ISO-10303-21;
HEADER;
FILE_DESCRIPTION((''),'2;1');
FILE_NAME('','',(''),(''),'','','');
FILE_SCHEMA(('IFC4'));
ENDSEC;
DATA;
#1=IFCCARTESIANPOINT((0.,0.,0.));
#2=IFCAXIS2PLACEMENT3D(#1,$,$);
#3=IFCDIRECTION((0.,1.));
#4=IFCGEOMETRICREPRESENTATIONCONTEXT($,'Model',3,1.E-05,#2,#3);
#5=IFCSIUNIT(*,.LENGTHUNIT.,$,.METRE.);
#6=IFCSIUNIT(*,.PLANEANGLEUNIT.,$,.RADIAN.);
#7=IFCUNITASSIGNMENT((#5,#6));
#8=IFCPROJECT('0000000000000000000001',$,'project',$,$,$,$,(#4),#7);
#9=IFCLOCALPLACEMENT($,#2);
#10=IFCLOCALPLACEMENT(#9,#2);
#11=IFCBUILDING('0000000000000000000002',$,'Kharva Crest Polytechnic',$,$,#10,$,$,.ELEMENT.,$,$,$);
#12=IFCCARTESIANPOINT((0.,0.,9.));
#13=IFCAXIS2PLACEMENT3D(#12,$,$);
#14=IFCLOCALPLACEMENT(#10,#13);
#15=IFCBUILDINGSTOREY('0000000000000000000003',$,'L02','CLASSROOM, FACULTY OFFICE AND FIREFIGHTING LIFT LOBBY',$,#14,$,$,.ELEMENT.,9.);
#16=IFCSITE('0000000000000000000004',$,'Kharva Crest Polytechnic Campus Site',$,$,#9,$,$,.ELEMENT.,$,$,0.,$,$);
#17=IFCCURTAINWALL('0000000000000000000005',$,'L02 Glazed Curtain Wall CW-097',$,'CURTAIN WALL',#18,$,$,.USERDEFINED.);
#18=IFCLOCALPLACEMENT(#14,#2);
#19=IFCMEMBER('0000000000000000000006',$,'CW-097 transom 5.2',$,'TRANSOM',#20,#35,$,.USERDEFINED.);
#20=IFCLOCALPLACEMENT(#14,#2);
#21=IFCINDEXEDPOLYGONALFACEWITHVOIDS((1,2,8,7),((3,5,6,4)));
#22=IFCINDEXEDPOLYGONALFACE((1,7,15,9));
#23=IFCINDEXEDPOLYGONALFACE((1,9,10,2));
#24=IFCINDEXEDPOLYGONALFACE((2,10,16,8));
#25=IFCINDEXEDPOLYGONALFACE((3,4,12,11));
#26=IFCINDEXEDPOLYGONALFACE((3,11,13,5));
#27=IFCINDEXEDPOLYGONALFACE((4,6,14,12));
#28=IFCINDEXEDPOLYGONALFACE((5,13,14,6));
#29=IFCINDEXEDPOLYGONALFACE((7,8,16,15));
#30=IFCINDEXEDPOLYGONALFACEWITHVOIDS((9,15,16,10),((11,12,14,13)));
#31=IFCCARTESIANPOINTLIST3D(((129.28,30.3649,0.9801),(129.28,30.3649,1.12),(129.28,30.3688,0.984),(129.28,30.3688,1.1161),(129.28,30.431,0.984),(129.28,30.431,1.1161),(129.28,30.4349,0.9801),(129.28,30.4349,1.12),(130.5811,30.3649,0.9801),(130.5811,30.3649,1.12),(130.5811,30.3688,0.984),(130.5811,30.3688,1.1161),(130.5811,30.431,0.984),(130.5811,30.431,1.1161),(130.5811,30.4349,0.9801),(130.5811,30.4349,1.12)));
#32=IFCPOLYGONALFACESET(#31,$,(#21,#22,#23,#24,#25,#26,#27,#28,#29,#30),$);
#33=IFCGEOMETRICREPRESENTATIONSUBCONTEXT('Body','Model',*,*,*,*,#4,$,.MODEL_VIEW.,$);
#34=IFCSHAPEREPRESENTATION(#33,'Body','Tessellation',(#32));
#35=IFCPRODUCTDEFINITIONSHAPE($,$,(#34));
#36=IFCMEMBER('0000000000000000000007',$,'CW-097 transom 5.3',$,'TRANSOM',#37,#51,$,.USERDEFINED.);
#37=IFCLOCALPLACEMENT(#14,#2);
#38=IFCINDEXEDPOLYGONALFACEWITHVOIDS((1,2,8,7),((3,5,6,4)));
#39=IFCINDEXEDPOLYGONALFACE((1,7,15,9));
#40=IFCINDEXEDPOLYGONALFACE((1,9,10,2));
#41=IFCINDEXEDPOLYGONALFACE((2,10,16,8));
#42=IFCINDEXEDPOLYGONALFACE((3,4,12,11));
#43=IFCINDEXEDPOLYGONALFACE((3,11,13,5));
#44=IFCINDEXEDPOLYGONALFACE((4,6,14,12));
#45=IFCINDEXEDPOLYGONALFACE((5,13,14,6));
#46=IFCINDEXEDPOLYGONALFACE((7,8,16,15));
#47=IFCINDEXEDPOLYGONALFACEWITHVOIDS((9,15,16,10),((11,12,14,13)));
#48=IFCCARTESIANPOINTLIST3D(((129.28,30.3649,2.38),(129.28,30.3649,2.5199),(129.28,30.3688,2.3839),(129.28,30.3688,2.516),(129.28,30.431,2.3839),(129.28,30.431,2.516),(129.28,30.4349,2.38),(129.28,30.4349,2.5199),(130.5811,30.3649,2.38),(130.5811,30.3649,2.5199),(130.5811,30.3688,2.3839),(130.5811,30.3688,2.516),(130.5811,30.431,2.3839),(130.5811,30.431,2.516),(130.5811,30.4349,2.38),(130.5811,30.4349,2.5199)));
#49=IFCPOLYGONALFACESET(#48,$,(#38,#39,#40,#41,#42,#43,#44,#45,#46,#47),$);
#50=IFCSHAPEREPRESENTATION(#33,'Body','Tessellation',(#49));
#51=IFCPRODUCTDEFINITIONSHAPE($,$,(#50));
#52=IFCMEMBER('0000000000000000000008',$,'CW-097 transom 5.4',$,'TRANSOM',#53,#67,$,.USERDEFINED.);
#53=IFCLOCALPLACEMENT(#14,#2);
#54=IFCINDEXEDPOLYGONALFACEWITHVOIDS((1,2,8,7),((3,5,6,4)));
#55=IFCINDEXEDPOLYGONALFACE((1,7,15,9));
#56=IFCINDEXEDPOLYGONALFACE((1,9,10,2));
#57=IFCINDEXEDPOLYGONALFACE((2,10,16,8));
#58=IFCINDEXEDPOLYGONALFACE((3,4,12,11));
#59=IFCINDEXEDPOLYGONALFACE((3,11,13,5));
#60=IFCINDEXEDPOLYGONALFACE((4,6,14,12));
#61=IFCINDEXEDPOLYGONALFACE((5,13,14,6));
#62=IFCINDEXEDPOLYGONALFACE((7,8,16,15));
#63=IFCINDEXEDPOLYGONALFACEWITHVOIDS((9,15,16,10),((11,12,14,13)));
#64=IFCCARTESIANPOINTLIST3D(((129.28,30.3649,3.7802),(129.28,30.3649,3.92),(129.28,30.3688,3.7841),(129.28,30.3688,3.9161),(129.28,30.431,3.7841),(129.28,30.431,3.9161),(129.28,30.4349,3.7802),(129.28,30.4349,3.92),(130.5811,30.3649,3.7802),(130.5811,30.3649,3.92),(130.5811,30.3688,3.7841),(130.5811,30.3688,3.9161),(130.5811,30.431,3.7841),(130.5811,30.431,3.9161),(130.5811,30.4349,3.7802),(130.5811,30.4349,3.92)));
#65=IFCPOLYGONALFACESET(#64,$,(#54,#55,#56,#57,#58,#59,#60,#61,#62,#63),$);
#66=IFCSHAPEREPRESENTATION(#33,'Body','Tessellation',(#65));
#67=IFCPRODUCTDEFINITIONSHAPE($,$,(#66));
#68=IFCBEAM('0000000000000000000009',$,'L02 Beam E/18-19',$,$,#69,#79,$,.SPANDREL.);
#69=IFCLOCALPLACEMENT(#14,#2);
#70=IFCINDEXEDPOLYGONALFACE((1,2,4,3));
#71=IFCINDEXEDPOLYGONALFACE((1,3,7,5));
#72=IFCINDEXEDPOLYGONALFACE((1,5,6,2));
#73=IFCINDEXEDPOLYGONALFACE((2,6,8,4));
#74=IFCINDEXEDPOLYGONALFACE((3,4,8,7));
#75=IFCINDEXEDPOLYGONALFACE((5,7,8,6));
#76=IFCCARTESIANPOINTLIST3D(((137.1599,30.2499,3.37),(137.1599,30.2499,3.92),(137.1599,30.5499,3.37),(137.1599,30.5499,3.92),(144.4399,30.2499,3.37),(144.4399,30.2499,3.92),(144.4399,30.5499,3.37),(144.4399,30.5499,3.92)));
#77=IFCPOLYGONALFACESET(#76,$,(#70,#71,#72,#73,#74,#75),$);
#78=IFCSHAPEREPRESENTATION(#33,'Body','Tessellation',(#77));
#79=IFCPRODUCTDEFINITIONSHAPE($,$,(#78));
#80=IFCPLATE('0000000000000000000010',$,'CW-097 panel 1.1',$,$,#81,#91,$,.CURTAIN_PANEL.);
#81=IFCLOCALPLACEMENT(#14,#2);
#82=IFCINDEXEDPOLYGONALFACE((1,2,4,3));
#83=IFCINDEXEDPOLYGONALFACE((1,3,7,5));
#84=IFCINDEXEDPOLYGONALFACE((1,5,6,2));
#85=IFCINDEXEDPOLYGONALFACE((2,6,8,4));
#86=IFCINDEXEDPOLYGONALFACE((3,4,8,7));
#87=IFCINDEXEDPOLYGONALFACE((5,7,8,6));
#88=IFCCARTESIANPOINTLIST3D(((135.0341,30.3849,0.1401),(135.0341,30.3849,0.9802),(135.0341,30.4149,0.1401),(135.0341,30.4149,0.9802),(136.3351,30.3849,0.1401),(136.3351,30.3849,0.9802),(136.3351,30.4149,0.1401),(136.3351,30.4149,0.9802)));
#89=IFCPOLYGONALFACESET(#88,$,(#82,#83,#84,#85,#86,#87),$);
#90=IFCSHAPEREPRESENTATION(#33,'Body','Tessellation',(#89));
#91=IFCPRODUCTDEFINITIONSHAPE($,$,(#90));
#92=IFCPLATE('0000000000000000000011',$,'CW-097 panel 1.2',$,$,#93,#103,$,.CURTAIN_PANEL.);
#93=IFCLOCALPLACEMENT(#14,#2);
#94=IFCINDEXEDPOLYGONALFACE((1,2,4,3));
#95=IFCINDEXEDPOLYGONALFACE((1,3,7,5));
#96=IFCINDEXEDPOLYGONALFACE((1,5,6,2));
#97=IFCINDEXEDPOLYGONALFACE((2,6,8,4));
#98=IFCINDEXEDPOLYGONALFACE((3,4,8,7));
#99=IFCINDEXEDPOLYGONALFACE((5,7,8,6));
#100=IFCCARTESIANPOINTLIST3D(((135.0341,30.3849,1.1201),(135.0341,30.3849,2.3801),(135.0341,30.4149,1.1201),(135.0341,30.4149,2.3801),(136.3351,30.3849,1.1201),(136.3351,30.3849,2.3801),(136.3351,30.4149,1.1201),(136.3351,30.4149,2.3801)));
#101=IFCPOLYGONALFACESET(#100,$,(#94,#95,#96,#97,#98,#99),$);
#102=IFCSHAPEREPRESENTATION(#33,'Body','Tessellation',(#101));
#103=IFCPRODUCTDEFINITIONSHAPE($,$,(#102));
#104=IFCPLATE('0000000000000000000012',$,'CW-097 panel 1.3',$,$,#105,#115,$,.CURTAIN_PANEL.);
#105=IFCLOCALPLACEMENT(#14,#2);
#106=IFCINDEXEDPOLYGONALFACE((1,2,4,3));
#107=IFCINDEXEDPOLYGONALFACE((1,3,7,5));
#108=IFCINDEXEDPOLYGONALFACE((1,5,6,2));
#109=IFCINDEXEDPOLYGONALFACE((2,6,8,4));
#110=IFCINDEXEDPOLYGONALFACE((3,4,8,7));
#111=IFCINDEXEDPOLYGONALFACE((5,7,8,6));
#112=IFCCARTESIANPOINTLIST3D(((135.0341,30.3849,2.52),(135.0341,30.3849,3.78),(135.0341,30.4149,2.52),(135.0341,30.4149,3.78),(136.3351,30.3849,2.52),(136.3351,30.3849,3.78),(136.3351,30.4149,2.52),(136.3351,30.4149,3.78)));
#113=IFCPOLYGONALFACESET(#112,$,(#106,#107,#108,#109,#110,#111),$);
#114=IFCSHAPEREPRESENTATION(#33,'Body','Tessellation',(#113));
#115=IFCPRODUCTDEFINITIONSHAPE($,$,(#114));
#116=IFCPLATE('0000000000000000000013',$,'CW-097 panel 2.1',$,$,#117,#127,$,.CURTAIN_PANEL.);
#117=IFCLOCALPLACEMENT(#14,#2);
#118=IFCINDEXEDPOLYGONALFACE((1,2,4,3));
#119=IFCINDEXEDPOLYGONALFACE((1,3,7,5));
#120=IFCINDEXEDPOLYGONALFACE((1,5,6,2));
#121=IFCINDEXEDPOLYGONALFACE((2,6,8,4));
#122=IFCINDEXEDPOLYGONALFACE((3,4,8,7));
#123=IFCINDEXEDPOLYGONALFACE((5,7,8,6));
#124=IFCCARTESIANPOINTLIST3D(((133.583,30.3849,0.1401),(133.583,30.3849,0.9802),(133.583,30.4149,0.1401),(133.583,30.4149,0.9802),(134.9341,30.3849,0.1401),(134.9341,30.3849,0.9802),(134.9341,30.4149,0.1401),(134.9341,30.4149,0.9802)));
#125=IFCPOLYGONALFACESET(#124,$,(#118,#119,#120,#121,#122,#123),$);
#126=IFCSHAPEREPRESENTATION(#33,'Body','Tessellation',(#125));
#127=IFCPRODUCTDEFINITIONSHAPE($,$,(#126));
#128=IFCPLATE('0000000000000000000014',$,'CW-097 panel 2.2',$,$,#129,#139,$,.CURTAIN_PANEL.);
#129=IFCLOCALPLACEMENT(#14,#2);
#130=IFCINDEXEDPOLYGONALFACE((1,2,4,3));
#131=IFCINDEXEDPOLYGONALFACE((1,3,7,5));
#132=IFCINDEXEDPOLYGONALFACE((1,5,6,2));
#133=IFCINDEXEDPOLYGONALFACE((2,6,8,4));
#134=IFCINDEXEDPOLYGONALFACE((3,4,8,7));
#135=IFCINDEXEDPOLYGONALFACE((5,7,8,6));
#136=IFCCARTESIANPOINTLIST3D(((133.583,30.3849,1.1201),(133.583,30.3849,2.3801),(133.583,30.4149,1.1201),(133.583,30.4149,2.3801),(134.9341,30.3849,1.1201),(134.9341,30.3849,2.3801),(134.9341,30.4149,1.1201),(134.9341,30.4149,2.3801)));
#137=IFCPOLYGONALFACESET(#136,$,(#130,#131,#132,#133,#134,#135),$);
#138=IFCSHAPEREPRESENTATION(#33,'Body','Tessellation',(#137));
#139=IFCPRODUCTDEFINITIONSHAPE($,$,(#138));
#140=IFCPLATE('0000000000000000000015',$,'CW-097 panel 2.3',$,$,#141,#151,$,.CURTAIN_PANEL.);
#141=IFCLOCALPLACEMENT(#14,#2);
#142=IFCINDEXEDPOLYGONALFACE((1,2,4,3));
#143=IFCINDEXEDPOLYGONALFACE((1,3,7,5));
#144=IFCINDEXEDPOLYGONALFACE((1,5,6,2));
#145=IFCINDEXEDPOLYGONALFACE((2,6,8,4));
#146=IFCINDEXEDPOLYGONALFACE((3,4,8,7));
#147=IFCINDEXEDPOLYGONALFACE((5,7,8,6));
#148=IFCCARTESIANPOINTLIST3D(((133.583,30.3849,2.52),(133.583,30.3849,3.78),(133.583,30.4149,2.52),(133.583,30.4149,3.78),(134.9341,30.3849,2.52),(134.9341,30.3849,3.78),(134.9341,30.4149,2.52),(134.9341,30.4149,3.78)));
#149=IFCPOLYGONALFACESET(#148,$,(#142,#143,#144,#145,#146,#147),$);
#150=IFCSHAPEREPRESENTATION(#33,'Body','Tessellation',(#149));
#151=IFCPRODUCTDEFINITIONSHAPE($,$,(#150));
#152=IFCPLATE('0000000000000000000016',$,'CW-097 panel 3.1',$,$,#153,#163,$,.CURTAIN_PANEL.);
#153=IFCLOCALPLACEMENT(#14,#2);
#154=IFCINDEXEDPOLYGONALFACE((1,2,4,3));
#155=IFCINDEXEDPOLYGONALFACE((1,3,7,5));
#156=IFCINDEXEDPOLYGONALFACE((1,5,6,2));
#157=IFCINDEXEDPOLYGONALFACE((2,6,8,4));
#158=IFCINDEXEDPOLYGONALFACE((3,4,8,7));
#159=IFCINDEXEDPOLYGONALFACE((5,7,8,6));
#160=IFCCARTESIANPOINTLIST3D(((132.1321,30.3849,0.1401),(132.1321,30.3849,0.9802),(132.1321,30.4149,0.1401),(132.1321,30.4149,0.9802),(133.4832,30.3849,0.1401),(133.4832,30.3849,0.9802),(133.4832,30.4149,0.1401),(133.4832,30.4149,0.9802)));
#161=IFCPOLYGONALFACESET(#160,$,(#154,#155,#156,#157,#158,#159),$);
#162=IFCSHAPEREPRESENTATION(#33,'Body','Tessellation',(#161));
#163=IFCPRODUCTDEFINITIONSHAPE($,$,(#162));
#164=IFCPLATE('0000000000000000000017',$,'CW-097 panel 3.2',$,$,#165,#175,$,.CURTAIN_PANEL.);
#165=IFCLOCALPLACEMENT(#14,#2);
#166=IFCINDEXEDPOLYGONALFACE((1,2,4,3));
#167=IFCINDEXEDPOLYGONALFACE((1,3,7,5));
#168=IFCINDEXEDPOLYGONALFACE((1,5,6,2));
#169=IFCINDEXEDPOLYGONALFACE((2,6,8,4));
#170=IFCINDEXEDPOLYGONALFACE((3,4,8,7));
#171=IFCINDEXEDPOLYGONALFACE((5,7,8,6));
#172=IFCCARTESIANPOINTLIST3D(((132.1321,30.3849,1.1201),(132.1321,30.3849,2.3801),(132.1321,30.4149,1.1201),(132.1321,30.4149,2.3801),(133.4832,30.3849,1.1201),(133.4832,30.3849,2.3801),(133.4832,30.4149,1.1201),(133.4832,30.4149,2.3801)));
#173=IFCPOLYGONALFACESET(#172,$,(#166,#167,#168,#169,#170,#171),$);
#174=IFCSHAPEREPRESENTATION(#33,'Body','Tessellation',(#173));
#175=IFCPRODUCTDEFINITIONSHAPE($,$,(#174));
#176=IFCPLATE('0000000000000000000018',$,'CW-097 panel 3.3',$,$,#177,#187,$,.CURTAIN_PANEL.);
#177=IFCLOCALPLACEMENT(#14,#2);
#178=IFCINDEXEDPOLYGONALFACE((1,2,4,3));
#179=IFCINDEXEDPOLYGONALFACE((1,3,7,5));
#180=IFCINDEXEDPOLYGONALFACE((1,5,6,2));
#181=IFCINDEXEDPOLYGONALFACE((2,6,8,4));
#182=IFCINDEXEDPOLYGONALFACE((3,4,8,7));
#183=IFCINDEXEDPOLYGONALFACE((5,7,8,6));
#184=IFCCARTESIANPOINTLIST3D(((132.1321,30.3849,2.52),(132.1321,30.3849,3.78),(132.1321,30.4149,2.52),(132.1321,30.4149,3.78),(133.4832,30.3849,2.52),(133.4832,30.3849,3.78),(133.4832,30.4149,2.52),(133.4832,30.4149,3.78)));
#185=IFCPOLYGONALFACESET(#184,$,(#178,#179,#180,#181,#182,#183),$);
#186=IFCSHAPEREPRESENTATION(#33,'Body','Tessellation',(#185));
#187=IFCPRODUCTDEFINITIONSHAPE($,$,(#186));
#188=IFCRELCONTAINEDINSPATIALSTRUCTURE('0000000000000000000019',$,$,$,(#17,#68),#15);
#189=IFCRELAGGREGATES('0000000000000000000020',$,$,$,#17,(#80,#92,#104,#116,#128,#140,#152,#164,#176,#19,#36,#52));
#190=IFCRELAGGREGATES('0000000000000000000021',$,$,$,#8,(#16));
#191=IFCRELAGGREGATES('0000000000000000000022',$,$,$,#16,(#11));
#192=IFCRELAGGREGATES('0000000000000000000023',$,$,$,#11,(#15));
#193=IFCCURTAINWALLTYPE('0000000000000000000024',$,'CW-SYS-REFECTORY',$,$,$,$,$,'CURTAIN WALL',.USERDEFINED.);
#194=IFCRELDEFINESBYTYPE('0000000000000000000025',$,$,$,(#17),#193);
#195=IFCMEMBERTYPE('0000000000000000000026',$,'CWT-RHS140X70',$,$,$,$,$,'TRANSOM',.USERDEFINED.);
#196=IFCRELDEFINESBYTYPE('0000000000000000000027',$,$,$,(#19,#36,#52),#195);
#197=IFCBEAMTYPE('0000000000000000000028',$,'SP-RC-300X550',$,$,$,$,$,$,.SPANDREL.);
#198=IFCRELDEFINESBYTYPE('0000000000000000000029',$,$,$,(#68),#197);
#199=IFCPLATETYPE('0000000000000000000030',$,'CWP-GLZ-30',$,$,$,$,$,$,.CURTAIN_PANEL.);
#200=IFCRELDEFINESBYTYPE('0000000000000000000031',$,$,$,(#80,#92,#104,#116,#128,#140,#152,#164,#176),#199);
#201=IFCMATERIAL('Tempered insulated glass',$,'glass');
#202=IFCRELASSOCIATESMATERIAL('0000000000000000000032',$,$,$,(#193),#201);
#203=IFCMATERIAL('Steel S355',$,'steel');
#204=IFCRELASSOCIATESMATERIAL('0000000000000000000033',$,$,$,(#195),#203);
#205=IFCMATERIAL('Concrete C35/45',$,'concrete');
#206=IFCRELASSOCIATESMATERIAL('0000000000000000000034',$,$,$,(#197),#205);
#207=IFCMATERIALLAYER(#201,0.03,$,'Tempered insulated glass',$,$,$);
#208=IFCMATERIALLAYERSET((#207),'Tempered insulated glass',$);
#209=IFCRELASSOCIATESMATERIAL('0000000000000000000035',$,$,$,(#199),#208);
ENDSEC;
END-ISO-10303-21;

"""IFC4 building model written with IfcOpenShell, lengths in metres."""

from ifc_helpers import new_model, si_unit, direction, frame, origin, origin_2d, place, context, subcontext, project, spatial, rectangle, hollow_rectangle, extrude, material, layer, layer_set, material_profile, profile_set, type_object, element, aggregate, save


model = new_model("IFC4")

# Units and contexts
model_context = context("Model", 3, precision=1e-05, world=origin(), true_north=direction((0.0, 1.0)))
body_context = subcontext(model_context, "Body", "Model", "MODEL_VIEW")
ifc_project = project(units=[si_unit("LENGTHUNIT", "METRE"), si_unit("PLANEANGLEUNIT", "RADIAN")], contexts=[model_context])

# Site, building, storey
site_placement = place(None, origin())
site = spatial("IfcSite", under=ifc_project, at=site_placement, Name="Kharva Crest Polytechnic Campus Site", CompositionType="ELEMENT", RefElevation=0.0)
building_placement = place(site_placement, origin())
building = spatial("IfcBuilding", under=site, at=building_placement, Name="Kharva Crest Polytechnic", CompositionType="ELEMENT")
storey_placement = place(building_placement, frame((0.0, 0.0, 9.0)))
storey = spatial("IfcBuildingStorey", under=building, at=storey_placement, Name="L02", Description="CLASSROOM, FACULTY OFFICE AND FIREFIGHTING LIFT LOBBY", CompositionType="ELEMENT", Elevation=9.0)

# Curtain wall, members
ifc_material_1 = material(Name="Tempered insulated glass", Category="glass")
curtain_wall_type = type_object("IfcCurtainWallType", Name="CW-SYS-REFECTORY", ElementType="CURTAIN WALL", PredefinedType="USERDEFINED", material=ifc_material_1)
curtain_wall_placement = place(storey_placement, origin())
curtain_wall = element("IfcCurtainWall", 1, at=curtain_wall_placement, inside=storey, type_object=curtain_wall_type, Name="L02 Glazed Curtain Wall CW-097", ObjectType="CURTAIN WALL", PredefinedType="USERDEFINED")
ifc_material_2 = material(Name="Steel S355", Category="steel")
ifc_material_profile_1 = material_profile(ifc_material_2, hollow_rectangle(XDim=0.0701, YDim=0.1399, WallThickness=0.0039, at=origin_2d()), Name="RHS 140X70X4.0")
ifc_profile_set_1 = profile_set([ifc_material_profile_1], Name="Steel S355")
member_type_1 = type_object("IfcMemberType", Name="CWT-RHS140X70", ElementType="TRANSOM", PredefinedType="USERDEFINED", material=ifc_profile_set_1)
member_1_placement = place(storey_placement, frame((130.5811, 30.3999, 1.05), z_axis=(-1.0, 0.0, 0.0), x_axis=(0.0, -1.0, 0.0)))
member_1 = element("IfcMember", 2, at=member_1_placement, type_object=member_type_1, Name="CW-097 transom 5.2", ObjectType="TRANSOM", PredefinedType="USERDEFINED", context=body_context, shape_type="SweptSolid", body=[
    extrude(hollow_rectangle(XDim=0.0701, YDim=0.1399, WallThickness=0.0039, at=origin_2d()), origin(), (0.0, 0.0, 1.0), 1.301),
])
member_2_placement = place(storey_placement, frame((130.5811, 30.3999, 2.45), z_axis=(-1.0, 0.0, 0.0), x_axis=(0.0, -1.0, 0.0)))
member_2 = element("IfcMember", 3, at=member_2_placement, type_object=member_type_1, Name="CW-097 transom 5.3", ObjectType="TRANSOM", PredefinedType="USERDEFINED", context=body_context, shape_type="SweptSolid", body=[
    extrude(hollow_rectangle(XDim=0.0701, YDim=0.1399, WallThickness=0.0039, at=origin_2d()), origin(), (0.0, 0.0, 1.0), 1.301),
])
member_3_placement = place(storey_placement, frame((130.5811, 30.3999, 3.8501), z_axis=(-1.0, 0.0, 0.0), x_axis=(0.0, -1.0, 0.0)))
member_3 = element("IfcMember", 4, at=member_3_placement, type_object=member_type_1, Name="CW-097 transom 5.4", ObjectType="TRANSOM", PredefinedType="USERDEFINED", context=body_context, shape_type="SweptSolid", body=[
    extrude(hollow_rectangle(XDim=0.0701, YDim=0.1399, WallThickness=0.0039, at=origin_2d()), origin(), (0.0, 0.0, 1.0), 1.301),
])

# Beam
ifc_material_3 = material(Name="Concrete C35/45", Category="concrete")
ifc_material_profile_2 = material_profile(ifc_material_3, rectangle(XDim=0.3, YDim=0.55, at=origin_2d()), Name="RECT 300 X 550")
ifc_profile_set_2 = profile_set([ifc_material_profile_2], Name="Concrete C35/45")
beam_type = type_object("IfcBeamType", Name="SP-RC-300X550", PredefinedType="SPANDREL", material=ifc_profile_set_2)
beam_placement = place(storey_placement, frame((137.1599, 30.3999, 3.645), z_axis=(1.0, 0.0, 0.0), x_axis=(0.0, 1.0, 0.0)))
element("IfcBeam", 5, at=beam_placement, inside=storey, type_object=beam_type, Name="L02 Beam E/18-19", PredefinedType="SPANDREL", context=body_context, shape_type="SweptSolid", body=[
    extrude(rectangle(XDim=0.3, YDim=0.55, at=origin_2d()), origin(), (0.0, 0.0, 1.0), 7.28),
])

# Plates
ifc_layer = layer(ifc_material_1, 0.03, Name="Tempered insulated glass")
ifc_layer_set = layer_set([ifc_layer], Name="Tempered insulated glass")
plate_type = type_object("IfcPlateType", Name="CWP-GLZ-30", PredefinedType="CURTAIN_PANEL", material=ifc_layer_set)
plate_1_placement = place(storey_placement, frame((135.6846, 30.3999, 0.1401), z_axis=(0.0, 0.0, 1.0), x_axis=(-1.0, 0.0, 0.0)))
plate_1 = element("IfcPlate", 6, at=plate_1_placement, type_object=plate_type, Name="CW-097 panel 1.1", PredefinedType="CURTAIN_PANEL", context=body_context, shape_type="SweptSolid", body=[
    extrude(rectangle(XDim=1.301, YDim=0.03, at=origin_2d()), origin(), (0.0, 0.0, 1.0), 0.8401),
])
plate_2_placement = place(storey_placement, frame((135.6846, 30.3999, 1.1201), z_axis=(0.0, 0.0, 1.0), x_axis=(-1.0, 0.0, 0.0)))
plate_2 = element("IfcPlate", 7, at=plate_2_placement, type_object=plate_type, Name="CW-097 panel 1.2", PredefinedType="CURTAIN_PANEL", context=body_context, shape_type="SweptSolid", body=[
    extrude(rectangle(XDim=1.301, YDim=0.03, at=origin_2d()), origin(), (0.0, 0.0, 1.0), 1.26),
])
plate_3_placement = place(storey_placement, frame((135.6846, 30.3999, 2.52), z_axis=(0.0, 0.0, 1.0), x_axis=(-1.0, 0.0, 0.0)))
plate_3 = element("IfcPlate", 8, at=plate_3_placement, type_object=plate_type, Name="CW-097 panel 1.3", PredefinedType="CURTAIN_PANEL", context=body_context, shape_type="SweptSolid", body=[
    extrude(rectangle(XDim=1.301, YDim=0.03, at=origin_2d()), origin(), (0.0, 0.0, 1.0), 1.26),
])
plate_4_placement = place(storey_placement, frame((134.2585, 30.3999, 0.1401), z_axis=(0.0, 0.0, 1.0), x_axis=(-1.0, 0.0, 0.0)))
plate_4 = element("IfcPlate", 9, at=plate_4_placement, type_object=plate_type, Name="CW-097 panel 2.1", PredefinedType="CURTAIN_PANEL", context=body_context, shape_type="SweptSolid", body=[
    extrude(rectangle(XDim=1.3511, YDim=0.03, at=origin_2d()), origin(), (0.0, 0.0, 1.0), 0.8401),
])
plate_5_placement = place(storey_placement, frame((134.2585, 30.3999, 1.1201), z_axis=(0.0, 0.0, 1.0), x_axis=(-1.0, 0.0, 0.0)))
plate_5 = element("IfcPlate", 10, at=plate_5_placement, type_object=plate_type, Name="CW-097 panel 2.2", PredefinedType="CURTAIN_PANEL", context=body_context, shape_type="SweptSolid", body=[
    extrude(rectangle(XDim=1.3511, YDim=0.03, at=origin_2d()), origin(), (0.0, 0.0, 1.0), 1.26),
])
plate_6_placement = place(storey_placement, frame((134.2585, 30.3999, 2.52), z_axis=(0.0, 0.0, 1.0), x_axis=(-1.0, 0.0, 0.0)))
plate_6 = element("IfcPlate", 11, at=plate_6_placement, type_object=plate_type, Name="CW-097 panel 2.3", PredefinedType="CURTAIN_PANEL", context=body_context, shape_type="SweptSolid", body=[
    extrude(rectangle(XDim=1.3511, YDim=0.03, at=origin_2d()), origin(), (0.0, 0.0, 1.0), 1.26),
])
plate_7_placement = place(storey_placement, frame((132.8076, 30.3999, 0.1401), z_axis=(0.0, 0.0, 1.0), x_axis=(-1.0, 0.0, 0.0)))
plate_7 = element("IfcPlate", 12, at=plate_7_placement, type_object=plate_type, Name="CW-097 panel 3.1", PredefinedType="CURTAIN_PANEL", context=body_context, shape_type="SweptSolid", body=[
    extrude(rectangle(XDim=1.3511, YDim=0.03, at=origin_2d()), origin(), (0.0, 0.0, 1.0), 0.8401),
])
plate_8_placement = place(storey_placement, frame((132.8076, 30.3999, 1.1201), z_axis=(0.0, 0.0, 1.0), x_axis=(-1.0, 0.0, 0.0)))
plate_8 = element("IfcPlate", 13, at=plate_8_placement, type_object=plate_type, Name="CW-097 panel 3.2", PredefinedType="CURTAIN_PANEL", context=body_context, shape_type="SweptSolid", body=[
    extrude(rectangle(XDim=1.3511, YDim=0.03, at=origin_2d()), origin(), (0.0, 0.0, 1.0), 1.26),
])
plate_9_placement = place(storey_placement, frame((132.8076, 30.3999, 2.52), z_axis=(0.0, 0.0, 1.0), x_axis=(-1.0, 0.0, 0.0)))
plate_9 = element("IfcPlate", 14, at=plate_9_placement, type_object=plate_type, Name="CW-097 panel 3.3", PredefinedType="CURTAIN_PANEL", context=body_context, shape_type="SweptSolid", body=[
    extrude(rectangle(XDim=1.3511, YDim=0.03, at=origin_2d()), origin(), (0.0, 0.0, 1.0), 1.26),
])
aggregate(curtain_wall, [plate_1, plate_2, plate_3, plate_4, plate_5, plate_6, plate_7, plate_8, plate_9, member_1, member_2, member_3])

save(model, "model.ifc")
